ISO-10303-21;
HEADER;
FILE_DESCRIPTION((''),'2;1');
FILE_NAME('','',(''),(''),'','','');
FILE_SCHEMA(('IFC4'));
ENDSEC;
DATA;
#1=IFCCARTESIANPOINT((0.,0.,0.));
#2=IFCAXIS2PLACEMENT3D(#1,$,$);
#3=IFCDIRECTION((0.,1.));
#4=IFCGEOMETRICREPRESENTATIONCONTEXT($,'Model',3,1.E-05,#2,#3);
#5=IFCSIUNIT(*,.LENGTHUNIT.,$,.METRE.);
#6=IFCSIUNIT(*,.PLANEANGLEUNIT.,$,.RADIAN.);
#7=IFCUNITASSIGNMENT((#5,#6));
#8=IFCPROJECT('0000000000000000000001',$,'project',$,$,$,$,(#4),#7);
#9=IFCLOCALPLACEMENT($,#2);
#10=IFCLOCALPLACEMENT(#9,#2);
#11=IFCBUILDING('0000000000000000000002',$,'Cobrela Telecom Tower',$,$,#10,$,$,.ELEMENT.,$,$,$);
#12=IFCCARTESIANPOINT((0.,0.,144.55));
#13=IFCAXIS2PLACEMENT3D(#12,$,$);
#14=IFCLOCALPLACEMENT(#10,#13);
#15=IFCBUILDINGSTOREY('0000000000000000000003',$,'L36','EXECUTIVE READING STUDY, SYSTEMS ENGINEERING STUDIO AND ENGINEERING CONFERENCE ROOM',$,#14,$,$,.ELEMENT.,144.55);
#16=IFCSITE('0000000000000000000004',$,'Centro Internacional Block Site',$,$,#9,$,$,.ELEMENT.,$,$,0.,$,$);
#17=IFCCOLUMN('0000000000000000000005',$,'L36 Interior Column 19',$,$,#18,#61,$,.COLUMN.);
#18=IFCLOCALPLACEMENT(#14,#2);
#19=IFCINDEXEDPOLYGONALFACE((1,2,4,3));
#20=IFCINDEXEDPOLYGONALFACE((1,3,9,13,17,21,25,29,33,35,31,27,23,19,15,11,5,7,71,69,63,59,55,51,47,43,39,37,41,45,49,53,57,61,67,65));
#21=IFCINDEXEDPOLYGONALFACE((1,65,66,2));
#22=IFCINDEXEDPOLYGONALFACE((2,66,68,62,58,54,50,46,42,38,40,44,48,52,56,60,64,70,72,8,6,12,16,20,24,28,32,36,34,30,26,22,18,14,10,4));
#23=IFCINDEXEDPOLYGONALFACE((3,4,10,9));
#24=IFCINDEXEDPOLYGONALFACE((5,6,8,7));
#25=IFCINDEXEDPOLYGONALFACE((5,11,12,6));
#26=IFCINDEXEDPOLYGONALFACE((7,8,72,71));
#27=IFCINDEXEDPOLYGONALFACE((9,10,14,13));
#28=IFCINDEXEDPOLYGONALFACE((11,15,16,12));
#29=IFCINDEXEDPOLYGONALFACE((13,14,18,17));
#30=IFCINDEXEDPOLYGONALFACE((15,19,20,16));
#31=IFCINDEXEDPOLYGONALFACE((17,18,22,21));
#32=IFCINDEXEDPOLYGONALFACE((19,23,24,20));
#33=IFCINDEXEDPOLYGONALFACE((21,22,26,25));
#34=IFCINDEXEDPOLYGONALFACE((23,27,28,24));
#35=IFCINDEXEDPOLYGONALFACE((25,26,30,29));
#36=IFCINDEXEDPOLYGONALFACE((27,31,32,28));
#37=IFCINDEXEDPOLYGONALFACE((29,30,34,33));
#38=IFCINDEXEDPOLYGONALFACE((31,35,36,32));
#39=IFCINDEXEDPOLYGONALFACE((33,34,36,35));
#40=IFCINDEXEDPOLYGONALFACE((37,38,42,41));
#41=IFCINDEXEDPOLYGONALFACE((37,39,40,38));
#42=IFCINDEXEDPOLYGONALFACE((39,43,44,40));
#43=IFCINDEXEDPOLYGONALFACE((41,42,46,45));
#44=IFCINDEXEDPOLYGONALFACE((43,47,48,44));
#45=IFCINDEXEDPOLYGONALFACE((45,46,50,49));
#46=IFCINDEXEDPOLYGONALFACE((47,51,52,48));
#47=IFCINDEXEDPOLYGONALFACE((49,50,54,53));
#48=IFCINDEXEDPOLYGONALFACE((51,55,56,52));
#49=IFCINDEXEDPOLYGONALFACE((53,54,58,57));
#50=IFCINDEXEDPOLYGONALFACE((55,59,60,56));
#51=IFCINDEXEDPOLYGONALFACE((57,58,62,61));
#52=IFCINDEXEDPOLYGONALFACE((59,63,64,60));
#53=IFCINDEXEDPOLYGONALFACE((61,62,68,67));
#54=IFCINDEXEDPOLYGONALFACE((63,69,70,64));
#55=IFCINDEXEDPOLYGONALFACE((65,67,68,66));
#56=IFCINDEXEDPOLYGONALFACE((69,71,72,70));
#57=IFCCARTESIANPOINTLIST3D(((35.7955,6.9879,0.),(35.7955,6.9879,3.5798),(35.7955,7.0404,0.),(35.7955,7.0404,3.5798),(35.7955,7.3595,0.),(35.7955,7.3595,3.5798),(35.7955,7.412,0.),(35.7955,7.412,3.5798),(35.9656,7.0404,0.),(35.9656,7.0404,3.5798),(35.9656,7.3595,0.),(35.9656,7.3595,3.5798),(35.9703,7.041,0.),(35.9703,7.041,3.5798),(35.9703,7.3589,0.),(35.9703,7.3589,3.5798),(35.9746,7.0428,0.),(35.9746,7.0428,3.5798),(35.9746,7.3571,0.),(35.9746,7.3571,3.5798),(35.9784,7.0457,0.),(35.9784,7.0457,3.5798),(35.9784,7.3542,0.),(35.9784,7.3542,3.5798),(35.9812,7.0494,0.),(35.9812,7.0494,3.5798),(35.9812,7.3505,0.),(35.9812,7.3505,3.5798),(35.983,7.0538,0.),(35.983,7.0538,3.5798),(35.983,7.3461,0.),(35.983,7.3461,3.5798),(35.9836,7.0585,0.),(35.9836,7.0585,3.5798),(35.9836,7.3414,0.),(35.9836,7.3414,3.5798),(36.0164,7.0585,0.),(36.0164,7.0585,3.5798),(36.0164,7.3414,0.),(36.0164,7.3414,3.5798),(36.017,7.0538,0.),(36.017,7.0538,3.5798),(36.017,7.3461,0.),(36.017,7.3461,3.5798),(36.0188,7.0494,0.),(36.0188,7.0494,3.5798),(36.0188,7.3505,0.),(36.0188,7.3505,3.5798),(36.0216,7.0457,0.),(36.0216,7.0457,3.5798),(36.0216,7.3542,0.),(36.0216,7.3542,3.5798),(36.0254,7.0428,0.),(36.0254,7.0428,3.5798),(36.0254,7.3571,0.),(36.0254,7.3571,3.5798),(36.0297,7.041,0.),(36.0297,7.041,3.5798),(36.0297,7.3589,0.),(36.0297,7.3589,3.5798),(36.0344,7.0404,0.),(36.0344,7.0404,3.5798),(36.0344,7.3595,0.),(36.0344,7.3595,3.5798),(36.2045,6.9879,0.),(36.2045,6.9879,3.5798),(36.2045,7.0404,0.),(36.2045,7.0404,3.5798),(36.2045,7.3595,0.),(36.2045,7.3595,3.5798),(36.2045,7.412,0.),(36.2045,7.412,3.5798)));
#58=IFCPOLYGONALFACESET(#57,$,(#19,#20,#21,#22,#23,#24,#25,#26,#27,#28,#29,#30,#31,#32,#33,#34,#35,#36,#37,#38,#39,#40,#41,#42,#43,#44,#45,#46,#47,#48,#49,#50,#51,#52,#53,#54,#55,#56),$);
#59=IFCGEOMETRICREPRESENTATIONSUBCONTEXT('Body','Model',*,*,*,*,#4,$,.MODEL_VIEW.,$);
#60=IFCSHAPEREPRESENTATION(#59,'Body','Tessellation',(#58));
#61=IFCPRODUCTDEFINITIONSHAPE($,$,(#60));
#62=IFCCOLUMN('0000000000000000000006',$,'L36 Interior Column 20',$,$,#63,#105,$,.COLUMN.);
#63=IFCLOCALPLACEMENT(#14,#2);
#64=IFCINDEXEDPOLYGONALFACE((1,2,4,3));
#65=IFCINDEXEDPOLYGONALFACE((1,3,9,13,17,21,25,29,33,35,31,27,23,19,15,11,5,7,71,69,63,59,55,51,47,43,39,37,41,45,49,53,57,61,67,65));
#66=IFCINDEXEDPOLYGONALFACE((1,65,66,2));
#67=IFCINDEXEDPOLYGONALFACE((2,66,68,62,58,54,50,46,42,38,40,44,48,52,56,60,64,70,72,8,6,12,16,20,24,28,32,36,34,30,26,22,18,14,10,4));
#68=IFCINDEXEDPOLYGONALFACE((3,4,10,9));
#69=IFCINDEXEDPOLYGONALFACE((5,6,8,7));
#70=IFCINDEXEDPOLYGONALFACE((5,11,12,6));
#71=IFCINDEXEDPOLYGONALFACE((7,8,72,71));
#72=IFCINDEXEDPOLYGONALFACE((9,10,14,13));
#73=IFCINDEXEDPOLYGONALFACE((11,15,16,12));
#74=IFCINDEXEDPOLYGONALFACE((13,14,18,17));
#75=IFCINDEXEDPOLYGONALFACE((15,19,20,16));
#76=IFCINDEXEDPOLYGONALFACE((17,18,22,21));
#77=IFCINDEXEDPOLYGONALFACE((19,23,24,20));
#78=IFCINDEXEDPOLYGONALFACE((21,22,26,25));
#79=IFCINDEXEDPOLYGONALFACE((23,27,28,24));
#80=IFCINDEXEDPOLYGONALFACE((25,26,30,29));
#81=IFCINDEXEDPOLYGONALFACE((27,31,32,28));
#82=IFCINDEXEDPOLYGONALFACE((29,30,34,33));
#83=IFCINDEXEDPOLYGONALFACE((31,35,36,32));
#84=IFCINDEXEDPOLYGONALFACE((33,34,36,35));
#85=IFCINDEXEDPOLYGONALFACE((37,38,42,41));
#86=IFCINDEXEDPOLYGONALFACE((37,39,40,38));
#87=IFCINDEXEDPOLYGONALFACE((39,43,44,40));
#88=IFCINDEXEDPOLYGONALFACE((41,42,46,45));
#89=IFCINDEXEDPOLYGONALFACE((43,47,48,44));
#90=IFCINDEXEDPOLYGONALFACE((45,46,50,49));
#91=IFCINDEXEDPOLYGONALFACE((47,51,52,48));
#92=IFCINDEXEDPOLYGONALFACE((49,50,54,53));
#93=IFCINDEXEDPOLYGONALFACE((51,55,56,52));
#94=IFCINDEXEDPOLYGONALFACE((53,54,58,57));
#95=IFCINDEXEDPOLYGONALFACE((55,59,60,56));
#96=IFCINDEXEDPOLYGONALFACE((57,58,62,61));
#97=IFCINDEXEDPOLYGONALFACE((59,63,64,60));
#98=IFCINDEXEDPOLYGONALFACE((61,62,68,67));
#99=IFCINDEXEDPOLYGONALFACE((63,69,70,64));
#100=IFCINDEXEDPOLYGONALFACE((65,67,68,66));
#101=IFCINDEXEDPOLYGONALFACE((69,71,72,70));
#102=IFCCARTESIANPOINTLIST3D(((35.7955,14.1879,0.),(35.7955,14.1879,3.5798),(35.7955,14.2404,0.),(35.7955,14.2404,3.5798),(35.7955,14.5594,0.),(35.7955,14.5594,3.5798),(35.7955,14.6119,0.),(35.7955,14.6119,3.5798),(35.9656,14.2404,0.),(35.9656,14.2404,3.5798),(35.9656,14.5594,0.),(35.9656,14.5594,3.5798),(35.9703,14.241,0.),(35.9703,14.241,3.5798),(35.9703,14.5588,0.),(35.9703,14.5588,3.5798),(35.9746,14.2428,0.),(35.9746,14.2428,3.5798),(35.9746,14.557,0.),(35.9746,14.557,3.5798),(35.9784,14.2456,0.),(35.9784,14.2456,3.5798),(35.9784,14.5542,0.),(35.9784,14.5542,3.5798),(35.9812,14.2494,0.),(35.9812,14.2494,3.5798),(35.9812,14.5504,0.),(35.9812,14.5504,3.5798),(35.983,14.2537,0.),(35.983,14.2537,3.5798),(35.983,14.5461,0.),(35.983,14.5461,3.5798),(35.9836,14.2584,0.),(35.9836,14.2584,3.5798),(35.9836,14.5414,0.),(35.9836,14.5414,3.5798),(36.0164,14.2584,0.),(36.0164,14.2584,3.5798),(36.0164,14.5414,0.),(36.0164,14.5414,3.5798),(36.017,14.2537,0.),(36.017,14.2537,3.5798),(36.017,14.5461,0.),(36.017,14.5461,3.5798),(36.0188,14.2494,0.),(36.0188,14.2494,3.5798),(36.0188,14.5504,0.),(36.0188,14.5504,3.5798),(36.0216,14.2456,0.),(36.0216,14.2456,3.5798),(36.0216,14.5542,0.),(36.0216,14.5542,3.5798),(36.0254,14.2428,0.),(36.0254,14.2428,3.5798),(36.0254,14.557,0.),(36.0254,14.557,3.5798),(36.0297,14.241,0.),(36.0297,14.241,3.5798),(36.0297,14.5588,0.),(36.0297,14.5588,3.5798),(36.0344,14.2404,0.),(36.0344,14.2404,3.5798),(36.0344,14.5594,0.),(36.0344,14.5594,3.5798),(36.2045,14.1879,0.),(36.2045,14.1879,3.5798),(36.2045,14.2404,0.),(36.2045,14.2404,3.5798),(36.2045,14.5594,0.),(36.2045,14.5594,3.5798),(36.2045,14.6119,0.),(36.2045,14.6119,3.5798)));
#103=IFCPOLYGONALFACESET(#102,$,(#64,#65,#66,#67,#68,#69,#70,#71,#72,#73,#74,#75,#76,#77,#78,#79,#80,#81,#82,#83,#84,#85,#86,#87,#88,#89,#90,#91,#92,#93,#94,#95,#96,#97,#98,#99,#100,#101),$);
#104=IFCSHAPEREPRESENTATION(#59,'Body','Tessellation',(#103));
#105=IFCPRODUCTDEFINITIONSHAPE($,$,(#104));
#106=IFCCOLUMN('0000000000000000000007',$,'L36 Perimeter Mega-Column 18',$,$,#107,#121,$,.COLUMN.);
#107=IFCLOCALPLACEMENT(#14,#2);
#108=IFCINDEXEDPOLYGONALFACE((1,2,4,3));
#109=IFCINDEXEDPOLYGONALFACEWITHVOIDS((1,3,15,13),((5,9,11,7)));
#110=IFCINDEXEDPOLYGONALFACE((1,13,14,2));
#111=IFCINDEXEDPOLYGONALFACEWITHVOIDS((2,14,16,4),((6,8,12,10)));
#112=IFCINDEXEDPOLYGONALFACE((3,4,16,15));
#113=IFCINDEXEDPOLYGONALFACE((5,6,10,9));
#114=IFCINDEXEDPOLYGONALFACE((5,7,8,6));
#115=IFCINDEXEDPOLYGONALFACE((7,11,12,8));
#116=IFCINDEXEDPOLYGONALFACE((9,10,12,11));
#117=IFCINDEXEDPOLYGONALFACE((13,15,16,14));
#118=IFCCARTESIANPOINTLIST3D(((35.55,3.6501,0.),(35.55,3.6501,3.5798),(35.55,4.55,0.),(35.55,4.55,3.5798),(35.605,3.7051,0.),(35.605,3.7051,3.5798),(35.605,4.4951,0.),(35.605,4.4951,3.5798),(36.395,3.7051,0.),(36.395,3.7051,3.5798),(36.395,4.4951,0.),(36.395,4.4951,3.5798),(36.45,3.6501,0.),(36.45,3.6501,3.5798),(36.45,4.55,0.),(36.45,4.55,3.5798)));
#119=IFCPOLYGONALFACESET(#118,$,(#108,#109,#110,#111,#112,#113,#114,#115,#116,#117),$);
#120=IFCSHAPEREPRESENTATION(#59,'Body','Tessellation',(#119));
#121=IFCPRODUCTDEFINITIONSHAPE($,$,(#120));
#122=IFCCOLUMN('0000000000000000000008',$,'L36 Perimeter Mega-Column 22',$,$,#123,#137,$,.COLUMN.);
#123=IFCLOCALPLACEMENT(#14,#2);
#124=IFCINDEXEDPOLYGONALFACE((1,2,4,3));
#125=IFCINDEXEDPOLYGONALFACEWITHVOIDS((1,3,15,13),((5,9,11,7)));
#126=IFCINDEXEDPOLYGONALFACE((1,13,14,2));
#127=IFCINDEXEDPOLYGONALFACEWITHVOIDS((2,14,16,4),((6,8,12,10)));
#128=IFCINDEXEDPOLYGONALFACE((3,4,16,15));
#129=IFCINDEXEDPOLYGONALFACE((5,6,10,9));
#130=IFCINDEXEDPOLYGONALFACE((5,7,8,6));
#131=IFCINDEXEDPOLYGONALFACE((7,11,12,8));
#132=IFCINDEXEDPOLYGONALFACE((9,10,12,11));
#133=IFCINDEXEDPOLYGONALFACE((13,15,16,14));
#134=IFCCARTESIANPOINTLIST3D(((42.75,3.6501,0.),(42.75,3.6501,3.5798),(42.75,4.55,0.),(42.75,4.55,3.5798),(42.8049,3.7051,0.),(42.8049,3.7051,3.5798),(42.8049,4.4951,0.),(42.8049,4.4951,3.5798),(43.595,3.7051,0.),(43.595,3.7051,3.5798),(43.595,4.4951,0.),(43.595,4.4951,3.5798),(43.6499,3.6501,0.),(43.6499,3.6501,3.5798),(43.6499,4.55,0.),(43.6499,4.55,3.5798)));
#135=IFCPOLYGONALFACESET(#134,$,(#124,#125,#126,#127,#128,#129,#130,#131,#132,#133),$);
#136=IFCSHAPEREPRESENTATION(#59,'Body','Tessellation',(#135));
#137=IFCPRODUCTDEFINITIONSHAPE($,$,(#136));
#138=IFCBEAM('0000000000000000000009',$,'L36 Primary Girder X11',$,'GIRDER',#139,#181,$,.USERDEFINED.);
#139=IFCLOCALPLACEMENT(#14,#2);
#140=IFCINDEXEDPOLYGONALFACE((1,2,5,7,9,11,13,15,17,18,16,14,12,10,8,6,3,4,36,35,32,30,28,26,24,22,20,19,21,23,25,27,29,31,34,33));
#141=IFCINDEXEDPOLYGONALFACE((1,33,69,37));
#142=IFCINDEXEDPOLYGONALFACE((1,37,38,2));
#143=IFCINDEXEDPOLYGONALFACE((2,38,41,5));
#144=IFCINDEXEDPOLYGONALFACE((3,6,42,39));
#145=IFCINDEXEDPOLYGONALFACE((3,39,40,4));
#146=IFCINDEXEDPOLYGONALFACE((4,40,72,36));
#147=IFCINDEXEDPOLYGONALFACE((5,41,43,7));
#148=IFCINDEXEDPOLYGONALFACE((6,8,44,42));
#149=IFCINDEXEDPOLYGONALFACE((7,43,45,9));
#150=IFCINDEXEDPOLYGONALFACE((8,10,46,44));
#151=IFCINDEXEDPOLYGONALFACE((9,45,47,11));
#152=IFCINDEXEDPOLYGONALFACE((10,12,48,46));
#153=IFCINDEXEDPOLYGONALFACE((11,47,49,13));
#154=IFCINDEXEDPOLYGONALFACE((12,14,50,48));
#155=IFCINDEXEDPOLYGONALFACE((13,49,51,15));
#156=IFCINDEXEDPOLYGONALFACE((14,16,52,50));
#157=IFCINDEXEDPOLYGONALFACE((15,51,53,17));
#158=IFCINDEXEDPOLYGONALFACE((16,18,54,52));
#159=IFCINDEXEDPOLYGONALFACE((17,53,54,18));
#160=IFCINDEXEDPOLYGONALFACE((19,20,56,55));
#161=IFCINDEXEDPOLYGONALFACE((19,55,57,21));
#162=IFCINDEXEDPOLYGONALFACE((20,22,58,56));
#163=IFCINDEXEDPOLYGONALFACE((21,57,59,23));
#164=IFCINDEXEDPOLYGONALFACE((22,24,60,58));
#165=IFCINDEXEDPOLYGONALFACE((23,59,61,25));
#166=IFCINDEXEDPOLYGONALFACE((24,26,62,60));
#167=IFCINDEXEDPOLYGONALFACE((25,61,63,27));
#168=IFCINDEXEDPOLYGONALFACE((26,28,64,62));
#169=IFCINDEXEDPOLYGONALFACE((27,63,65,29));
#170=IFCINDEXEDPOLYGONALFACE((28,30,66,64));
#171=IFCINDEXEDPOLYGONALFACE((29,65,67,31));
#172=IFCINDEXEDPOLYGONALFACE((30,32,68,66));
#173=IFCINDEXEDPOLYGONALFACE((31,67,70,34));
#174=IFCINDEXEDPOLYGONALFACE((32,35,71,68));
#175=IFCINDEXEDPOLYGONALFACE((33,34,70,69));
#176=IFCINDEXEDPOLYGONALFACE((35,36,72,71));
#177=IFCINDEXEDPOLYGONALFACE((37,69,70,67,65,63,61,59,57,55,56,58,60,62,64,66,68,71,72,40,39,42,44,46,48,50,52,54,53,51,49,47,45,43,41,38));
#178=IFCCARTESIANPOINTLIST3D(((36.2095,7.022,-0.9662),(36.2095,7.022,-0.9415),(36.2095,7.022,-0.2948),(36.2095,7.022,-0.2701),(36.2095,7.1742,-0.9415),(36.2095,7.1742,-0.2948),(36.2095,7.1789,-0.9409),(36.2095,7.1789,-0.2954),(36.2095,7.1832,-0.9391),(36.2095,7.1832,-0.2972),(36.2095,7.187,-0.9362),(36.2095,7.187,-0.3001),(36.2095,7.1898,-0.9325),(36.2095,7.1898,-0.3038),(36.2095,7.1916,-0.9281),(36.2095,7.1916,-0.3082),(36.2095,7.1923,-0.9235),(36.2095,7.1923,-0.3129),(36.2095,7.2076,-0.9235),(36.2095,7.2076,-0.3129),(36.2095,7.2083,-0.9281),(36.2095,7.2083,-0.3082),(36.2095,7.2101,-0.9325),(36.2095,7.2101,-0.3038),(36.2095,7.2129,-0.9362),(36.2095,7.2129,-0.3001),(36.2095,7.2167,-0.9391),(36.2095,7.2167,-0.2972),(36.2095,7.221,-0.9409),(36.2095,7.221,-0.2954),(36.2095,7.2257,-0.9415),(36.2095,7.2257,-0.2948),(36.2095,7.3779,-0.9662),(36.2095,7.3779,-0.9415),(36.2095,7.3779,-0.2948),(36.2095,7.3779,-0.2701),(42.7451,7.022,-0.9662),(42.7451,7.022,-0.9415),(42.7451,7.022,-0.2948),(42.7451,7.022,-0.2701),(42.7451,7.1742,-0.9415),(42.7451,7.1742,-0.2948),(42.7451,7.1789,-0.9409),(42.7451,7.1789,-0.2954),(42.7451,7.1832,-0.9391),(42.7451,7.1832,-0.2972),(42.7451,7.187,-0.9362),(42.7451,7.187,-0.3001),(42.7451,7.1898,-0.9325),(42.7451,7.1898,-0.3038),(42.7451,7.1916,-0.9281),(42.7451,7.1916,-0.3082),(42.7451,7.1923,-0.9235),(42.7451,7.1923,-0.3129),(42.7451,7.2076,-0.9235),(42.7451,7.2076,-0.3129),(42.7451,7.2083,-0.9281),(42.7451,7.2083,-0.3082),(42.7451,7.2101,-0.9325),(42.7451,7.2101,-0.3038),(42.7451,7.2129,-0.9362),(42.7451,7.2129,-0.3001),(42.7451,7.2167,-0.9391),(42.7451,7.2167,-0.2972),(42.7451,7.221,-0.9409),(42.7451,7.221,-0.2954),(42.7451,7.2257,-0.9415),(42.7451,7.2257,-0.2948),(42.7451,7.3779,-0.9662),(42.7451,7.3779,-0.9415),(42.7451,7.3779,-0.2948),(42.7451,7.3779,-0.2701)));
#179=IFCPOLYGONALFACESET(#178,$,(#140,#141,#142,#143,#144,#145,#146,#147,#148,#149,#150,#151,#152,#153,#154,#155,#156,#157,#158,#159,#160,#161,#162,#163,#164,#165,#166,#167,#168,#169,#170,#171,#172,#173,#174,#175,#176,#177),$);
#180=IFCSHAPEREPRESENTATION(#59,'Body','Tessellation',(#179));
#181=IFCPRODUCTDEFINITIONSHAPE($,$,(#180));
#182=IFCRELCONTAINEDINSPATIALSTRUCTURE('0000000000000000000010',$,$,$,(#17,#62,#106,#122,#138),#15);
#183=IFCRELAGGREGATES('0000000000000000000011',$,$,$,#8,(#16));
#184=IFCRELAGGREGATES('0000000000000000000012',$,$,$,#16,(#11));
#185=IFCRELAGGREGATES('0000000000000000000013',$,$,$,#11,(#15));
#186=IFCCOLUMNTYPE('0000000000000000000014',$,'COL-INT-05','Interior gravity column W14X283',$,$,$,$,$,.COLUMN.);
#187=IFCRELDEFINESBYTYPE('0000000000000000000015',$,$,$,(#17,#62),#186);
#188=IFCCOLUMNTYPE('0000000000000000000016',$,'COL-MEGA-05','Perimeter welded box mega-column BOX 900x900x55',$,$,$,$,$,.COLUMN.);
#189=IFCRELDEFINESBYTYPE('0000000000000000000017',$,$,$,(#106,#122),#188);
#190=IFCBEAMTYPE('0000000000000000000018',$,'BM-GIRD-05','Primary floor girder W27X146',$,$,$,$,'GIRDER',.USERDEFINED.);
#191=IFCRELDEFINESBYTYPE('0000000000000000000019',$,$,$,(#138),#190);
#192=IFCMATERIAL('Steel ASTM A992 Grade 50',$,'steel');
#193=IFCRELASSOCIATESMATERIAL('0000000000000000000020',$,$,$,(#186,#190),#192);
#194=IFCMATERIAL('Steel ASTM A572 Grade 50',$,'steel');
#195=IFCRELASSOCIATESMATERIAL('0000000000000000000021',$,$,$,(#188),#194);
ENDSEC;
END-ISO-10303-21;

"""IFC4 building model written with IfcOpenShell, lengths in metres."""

from ifc_helpers import new_model, si_unit, direction, frame, origin, origin_2d, place, context, subcontext, project, spatial, hollow_rectangle, i_section, extrude, material, material_profile, profile_set, type_object, element, save


model = new_model("IFC4")

# Units and contexts
model_context = context("Model", 3, precision=1e-05, world=origin(), true_north=direction((0.0, 1.0)))
body_context = subcontext(model_context, "Body", "Model", "MODEL_VIEW")
ifc_project = project(units=[si_unit("LENGTHUNIT", "METRE"), si_unit("PLANEANGLEUNIT", "RADIAN")], contexts=[model_context])

# Site, building, storey
site_placement = place(None, origin())
site = spatial("IfcSite", under=ifc_project, at=site_placement, Name="Centro Internacional Block Site", CompositionType="ELEMENT", RefElevation=0.0)
building_placement = place(site_placement, origin())
building = spatial("IfcBuilding", under=site, at=building_placement, Name="Cobrela Telecom Tower", CompositionType="ELEMENT")
storey_placement = place(building_placement, frame((0.0, 0.0, 144.55)))
storey = spatial("IfcBuildingStorey", under=building, at=storey_placement, Name="L36", Description="EXECUTIVE READING STUDY, SYSTEMS ENGINEERING STUDIO AND ENGINEERING CONFERENCE ROOM", CompositionType="ELEMENT", Elevation=144.55)

# Columns
ifc_material_1 = material(Name="Steel ASTM A992 Grade 50", Category="steel")
ifc_material_profile_1 = material_profile(ifc_material_1, i_section(OverallWidth=0.4089, OverallDepth=0.4241, WebThickness=0.0327, FlangeThickness=0.0525, FilletRadius=0.0181, at=origin_2d()), Name="W14X283")
ifc_profile_set_1 = profile_set([ifc_material_profile_1], Name="Steel ASTM A992 Grade 50")
column_type_1 = type_object("IfcColumnType", Name="COL-INT-05", Description="Interior gravity column W14X283", PredefinedType="COLUMN", material=ifc_profile_set_1)
for number, where, z_axis, x_axis, name in (
    (1, (36.0, 7.2, 0.0), (0.0, 0.0, 1.0), (1.0, 0.0, 0.0), "L36 Interior Column 19"),
    (2, (36.0, 14.3999, 0.0), (0.0, 0.0, 1.0), (1.0, 0.0, 0.0), "L36 Interior Column 20"),
):
    element("IfcColumn", number, at=place(storey_placement, frame(where, z_axis=z_axis, x_axis=x_axis)), inside=storey, type_object=column_type_1, Name=name, PredefinedType="COLUMN", context=body_context, shape_type="SweptSolid", body=[
        extrude(i_section(OverallWidth=0.4089, OverallDepth=0.4241, WebThickness=0.0327, FlangeThickness=0.0525, FilletRadius=0.0181, at=origin_2d()), origin(), (0.0, 0.0, 1.0), 3.5798),
    ])
ifc_material_2 = material(Name="Steel ASTM A572 Grade 50", Category="steel")
ifc_material_profile_2 = material_profile(ifc_material_2, hollow_rectangle(XDim=0.8999, YDim=0.8999, WallThickness=0.0549, at=origin_2d()), Name="BOX 900x900x55")
ifc_profile_set_2 = profile_set([ifc_material_profile_2], Name="Steel ASTM A572 Grade 50")
column_type_2 = type_object("IfcColumnType", Name="COL-MEGA-05", Description="Perimeter welded box mega-column BOX 900x900x55", PredefinedType="COLUMN", material=ifc_profile_set_2)
for number, where, z_axis, x_axis, name in (
    (3, (36.0, 4.1001, 0.0), (0.0, 0.0, 1.0), (1.0, 0.0, 0.0), "L36 Perimeter Mega-Column 18"),
    (4, (43.2, 4.1001, 0.0), (0.0, 0.0, 1.0), (1.0, 0.0, 0.0), "L36 Perimeter Mega-Column 22"),
):
    element("IfcColumn", number, at=place(storey_placement, frame(where, z_axis=z_axis, x_axis=x_axis)), inside=storey, type_object=column_type_2, Name=name, PredefinedType="COLUMN", context=body_context, shape_type="SweptSolid", body=[
        extrude(hollow_rectangle(XDim=0.8999, YDim=0.8999, WallThickness=0.0549, at=origin_2d()), origin(), (0.0, 0.0, 1.0), 3.5798),
    ])

# Beam
ifc_material_profile_3 = material_profile(ifc_material_1, i_section(OverallWidth=0.356, OverallDepth=0.696, WebThickness=0.0154, FlangeThickness=0.0247, FilletRadius=0.0181, at=origin_2d()), Name="W27X146")
ifc_profile_set_3 = profile_set([ifc_material_profile_3], Name="Steel ASTM A992 Grade 50")
beam_type_1 = type_object("IfcBeamType", Name="BM-GIRD-05", Description="Primary floor girder W27X146", ElementType="GIRDER", PredefinedType="USERDEFINED", material=ifc_profile_set_3)
beam_1_placement = place(storey_placement, frame((36.2095, 7.2, -0.6182), z_axis=(1.0, 0.0, 0.0), x_axis=(0.0, 1.0, 0.0)))
element("IfcBeam", 5, at=beam_1_placement, inside=storey, type_object=beam_type_1, Name="L36 Primary Girder X11", ObjectType="GIRDER", PredefinedType="USERDEFINED", context=body_context, shape_type="SweptSolid", body=[
    extrude(i_section(OverallWidth=0.356, OverallDepth=0.696, WebThickness=0.0154, FlangeThickness=0.0247, FilletRadius=0.0181, at=origin_2d()), origin(), (0.0, 0.0, 1.0), 6.5356),
])

save(model, "model.ifc")
